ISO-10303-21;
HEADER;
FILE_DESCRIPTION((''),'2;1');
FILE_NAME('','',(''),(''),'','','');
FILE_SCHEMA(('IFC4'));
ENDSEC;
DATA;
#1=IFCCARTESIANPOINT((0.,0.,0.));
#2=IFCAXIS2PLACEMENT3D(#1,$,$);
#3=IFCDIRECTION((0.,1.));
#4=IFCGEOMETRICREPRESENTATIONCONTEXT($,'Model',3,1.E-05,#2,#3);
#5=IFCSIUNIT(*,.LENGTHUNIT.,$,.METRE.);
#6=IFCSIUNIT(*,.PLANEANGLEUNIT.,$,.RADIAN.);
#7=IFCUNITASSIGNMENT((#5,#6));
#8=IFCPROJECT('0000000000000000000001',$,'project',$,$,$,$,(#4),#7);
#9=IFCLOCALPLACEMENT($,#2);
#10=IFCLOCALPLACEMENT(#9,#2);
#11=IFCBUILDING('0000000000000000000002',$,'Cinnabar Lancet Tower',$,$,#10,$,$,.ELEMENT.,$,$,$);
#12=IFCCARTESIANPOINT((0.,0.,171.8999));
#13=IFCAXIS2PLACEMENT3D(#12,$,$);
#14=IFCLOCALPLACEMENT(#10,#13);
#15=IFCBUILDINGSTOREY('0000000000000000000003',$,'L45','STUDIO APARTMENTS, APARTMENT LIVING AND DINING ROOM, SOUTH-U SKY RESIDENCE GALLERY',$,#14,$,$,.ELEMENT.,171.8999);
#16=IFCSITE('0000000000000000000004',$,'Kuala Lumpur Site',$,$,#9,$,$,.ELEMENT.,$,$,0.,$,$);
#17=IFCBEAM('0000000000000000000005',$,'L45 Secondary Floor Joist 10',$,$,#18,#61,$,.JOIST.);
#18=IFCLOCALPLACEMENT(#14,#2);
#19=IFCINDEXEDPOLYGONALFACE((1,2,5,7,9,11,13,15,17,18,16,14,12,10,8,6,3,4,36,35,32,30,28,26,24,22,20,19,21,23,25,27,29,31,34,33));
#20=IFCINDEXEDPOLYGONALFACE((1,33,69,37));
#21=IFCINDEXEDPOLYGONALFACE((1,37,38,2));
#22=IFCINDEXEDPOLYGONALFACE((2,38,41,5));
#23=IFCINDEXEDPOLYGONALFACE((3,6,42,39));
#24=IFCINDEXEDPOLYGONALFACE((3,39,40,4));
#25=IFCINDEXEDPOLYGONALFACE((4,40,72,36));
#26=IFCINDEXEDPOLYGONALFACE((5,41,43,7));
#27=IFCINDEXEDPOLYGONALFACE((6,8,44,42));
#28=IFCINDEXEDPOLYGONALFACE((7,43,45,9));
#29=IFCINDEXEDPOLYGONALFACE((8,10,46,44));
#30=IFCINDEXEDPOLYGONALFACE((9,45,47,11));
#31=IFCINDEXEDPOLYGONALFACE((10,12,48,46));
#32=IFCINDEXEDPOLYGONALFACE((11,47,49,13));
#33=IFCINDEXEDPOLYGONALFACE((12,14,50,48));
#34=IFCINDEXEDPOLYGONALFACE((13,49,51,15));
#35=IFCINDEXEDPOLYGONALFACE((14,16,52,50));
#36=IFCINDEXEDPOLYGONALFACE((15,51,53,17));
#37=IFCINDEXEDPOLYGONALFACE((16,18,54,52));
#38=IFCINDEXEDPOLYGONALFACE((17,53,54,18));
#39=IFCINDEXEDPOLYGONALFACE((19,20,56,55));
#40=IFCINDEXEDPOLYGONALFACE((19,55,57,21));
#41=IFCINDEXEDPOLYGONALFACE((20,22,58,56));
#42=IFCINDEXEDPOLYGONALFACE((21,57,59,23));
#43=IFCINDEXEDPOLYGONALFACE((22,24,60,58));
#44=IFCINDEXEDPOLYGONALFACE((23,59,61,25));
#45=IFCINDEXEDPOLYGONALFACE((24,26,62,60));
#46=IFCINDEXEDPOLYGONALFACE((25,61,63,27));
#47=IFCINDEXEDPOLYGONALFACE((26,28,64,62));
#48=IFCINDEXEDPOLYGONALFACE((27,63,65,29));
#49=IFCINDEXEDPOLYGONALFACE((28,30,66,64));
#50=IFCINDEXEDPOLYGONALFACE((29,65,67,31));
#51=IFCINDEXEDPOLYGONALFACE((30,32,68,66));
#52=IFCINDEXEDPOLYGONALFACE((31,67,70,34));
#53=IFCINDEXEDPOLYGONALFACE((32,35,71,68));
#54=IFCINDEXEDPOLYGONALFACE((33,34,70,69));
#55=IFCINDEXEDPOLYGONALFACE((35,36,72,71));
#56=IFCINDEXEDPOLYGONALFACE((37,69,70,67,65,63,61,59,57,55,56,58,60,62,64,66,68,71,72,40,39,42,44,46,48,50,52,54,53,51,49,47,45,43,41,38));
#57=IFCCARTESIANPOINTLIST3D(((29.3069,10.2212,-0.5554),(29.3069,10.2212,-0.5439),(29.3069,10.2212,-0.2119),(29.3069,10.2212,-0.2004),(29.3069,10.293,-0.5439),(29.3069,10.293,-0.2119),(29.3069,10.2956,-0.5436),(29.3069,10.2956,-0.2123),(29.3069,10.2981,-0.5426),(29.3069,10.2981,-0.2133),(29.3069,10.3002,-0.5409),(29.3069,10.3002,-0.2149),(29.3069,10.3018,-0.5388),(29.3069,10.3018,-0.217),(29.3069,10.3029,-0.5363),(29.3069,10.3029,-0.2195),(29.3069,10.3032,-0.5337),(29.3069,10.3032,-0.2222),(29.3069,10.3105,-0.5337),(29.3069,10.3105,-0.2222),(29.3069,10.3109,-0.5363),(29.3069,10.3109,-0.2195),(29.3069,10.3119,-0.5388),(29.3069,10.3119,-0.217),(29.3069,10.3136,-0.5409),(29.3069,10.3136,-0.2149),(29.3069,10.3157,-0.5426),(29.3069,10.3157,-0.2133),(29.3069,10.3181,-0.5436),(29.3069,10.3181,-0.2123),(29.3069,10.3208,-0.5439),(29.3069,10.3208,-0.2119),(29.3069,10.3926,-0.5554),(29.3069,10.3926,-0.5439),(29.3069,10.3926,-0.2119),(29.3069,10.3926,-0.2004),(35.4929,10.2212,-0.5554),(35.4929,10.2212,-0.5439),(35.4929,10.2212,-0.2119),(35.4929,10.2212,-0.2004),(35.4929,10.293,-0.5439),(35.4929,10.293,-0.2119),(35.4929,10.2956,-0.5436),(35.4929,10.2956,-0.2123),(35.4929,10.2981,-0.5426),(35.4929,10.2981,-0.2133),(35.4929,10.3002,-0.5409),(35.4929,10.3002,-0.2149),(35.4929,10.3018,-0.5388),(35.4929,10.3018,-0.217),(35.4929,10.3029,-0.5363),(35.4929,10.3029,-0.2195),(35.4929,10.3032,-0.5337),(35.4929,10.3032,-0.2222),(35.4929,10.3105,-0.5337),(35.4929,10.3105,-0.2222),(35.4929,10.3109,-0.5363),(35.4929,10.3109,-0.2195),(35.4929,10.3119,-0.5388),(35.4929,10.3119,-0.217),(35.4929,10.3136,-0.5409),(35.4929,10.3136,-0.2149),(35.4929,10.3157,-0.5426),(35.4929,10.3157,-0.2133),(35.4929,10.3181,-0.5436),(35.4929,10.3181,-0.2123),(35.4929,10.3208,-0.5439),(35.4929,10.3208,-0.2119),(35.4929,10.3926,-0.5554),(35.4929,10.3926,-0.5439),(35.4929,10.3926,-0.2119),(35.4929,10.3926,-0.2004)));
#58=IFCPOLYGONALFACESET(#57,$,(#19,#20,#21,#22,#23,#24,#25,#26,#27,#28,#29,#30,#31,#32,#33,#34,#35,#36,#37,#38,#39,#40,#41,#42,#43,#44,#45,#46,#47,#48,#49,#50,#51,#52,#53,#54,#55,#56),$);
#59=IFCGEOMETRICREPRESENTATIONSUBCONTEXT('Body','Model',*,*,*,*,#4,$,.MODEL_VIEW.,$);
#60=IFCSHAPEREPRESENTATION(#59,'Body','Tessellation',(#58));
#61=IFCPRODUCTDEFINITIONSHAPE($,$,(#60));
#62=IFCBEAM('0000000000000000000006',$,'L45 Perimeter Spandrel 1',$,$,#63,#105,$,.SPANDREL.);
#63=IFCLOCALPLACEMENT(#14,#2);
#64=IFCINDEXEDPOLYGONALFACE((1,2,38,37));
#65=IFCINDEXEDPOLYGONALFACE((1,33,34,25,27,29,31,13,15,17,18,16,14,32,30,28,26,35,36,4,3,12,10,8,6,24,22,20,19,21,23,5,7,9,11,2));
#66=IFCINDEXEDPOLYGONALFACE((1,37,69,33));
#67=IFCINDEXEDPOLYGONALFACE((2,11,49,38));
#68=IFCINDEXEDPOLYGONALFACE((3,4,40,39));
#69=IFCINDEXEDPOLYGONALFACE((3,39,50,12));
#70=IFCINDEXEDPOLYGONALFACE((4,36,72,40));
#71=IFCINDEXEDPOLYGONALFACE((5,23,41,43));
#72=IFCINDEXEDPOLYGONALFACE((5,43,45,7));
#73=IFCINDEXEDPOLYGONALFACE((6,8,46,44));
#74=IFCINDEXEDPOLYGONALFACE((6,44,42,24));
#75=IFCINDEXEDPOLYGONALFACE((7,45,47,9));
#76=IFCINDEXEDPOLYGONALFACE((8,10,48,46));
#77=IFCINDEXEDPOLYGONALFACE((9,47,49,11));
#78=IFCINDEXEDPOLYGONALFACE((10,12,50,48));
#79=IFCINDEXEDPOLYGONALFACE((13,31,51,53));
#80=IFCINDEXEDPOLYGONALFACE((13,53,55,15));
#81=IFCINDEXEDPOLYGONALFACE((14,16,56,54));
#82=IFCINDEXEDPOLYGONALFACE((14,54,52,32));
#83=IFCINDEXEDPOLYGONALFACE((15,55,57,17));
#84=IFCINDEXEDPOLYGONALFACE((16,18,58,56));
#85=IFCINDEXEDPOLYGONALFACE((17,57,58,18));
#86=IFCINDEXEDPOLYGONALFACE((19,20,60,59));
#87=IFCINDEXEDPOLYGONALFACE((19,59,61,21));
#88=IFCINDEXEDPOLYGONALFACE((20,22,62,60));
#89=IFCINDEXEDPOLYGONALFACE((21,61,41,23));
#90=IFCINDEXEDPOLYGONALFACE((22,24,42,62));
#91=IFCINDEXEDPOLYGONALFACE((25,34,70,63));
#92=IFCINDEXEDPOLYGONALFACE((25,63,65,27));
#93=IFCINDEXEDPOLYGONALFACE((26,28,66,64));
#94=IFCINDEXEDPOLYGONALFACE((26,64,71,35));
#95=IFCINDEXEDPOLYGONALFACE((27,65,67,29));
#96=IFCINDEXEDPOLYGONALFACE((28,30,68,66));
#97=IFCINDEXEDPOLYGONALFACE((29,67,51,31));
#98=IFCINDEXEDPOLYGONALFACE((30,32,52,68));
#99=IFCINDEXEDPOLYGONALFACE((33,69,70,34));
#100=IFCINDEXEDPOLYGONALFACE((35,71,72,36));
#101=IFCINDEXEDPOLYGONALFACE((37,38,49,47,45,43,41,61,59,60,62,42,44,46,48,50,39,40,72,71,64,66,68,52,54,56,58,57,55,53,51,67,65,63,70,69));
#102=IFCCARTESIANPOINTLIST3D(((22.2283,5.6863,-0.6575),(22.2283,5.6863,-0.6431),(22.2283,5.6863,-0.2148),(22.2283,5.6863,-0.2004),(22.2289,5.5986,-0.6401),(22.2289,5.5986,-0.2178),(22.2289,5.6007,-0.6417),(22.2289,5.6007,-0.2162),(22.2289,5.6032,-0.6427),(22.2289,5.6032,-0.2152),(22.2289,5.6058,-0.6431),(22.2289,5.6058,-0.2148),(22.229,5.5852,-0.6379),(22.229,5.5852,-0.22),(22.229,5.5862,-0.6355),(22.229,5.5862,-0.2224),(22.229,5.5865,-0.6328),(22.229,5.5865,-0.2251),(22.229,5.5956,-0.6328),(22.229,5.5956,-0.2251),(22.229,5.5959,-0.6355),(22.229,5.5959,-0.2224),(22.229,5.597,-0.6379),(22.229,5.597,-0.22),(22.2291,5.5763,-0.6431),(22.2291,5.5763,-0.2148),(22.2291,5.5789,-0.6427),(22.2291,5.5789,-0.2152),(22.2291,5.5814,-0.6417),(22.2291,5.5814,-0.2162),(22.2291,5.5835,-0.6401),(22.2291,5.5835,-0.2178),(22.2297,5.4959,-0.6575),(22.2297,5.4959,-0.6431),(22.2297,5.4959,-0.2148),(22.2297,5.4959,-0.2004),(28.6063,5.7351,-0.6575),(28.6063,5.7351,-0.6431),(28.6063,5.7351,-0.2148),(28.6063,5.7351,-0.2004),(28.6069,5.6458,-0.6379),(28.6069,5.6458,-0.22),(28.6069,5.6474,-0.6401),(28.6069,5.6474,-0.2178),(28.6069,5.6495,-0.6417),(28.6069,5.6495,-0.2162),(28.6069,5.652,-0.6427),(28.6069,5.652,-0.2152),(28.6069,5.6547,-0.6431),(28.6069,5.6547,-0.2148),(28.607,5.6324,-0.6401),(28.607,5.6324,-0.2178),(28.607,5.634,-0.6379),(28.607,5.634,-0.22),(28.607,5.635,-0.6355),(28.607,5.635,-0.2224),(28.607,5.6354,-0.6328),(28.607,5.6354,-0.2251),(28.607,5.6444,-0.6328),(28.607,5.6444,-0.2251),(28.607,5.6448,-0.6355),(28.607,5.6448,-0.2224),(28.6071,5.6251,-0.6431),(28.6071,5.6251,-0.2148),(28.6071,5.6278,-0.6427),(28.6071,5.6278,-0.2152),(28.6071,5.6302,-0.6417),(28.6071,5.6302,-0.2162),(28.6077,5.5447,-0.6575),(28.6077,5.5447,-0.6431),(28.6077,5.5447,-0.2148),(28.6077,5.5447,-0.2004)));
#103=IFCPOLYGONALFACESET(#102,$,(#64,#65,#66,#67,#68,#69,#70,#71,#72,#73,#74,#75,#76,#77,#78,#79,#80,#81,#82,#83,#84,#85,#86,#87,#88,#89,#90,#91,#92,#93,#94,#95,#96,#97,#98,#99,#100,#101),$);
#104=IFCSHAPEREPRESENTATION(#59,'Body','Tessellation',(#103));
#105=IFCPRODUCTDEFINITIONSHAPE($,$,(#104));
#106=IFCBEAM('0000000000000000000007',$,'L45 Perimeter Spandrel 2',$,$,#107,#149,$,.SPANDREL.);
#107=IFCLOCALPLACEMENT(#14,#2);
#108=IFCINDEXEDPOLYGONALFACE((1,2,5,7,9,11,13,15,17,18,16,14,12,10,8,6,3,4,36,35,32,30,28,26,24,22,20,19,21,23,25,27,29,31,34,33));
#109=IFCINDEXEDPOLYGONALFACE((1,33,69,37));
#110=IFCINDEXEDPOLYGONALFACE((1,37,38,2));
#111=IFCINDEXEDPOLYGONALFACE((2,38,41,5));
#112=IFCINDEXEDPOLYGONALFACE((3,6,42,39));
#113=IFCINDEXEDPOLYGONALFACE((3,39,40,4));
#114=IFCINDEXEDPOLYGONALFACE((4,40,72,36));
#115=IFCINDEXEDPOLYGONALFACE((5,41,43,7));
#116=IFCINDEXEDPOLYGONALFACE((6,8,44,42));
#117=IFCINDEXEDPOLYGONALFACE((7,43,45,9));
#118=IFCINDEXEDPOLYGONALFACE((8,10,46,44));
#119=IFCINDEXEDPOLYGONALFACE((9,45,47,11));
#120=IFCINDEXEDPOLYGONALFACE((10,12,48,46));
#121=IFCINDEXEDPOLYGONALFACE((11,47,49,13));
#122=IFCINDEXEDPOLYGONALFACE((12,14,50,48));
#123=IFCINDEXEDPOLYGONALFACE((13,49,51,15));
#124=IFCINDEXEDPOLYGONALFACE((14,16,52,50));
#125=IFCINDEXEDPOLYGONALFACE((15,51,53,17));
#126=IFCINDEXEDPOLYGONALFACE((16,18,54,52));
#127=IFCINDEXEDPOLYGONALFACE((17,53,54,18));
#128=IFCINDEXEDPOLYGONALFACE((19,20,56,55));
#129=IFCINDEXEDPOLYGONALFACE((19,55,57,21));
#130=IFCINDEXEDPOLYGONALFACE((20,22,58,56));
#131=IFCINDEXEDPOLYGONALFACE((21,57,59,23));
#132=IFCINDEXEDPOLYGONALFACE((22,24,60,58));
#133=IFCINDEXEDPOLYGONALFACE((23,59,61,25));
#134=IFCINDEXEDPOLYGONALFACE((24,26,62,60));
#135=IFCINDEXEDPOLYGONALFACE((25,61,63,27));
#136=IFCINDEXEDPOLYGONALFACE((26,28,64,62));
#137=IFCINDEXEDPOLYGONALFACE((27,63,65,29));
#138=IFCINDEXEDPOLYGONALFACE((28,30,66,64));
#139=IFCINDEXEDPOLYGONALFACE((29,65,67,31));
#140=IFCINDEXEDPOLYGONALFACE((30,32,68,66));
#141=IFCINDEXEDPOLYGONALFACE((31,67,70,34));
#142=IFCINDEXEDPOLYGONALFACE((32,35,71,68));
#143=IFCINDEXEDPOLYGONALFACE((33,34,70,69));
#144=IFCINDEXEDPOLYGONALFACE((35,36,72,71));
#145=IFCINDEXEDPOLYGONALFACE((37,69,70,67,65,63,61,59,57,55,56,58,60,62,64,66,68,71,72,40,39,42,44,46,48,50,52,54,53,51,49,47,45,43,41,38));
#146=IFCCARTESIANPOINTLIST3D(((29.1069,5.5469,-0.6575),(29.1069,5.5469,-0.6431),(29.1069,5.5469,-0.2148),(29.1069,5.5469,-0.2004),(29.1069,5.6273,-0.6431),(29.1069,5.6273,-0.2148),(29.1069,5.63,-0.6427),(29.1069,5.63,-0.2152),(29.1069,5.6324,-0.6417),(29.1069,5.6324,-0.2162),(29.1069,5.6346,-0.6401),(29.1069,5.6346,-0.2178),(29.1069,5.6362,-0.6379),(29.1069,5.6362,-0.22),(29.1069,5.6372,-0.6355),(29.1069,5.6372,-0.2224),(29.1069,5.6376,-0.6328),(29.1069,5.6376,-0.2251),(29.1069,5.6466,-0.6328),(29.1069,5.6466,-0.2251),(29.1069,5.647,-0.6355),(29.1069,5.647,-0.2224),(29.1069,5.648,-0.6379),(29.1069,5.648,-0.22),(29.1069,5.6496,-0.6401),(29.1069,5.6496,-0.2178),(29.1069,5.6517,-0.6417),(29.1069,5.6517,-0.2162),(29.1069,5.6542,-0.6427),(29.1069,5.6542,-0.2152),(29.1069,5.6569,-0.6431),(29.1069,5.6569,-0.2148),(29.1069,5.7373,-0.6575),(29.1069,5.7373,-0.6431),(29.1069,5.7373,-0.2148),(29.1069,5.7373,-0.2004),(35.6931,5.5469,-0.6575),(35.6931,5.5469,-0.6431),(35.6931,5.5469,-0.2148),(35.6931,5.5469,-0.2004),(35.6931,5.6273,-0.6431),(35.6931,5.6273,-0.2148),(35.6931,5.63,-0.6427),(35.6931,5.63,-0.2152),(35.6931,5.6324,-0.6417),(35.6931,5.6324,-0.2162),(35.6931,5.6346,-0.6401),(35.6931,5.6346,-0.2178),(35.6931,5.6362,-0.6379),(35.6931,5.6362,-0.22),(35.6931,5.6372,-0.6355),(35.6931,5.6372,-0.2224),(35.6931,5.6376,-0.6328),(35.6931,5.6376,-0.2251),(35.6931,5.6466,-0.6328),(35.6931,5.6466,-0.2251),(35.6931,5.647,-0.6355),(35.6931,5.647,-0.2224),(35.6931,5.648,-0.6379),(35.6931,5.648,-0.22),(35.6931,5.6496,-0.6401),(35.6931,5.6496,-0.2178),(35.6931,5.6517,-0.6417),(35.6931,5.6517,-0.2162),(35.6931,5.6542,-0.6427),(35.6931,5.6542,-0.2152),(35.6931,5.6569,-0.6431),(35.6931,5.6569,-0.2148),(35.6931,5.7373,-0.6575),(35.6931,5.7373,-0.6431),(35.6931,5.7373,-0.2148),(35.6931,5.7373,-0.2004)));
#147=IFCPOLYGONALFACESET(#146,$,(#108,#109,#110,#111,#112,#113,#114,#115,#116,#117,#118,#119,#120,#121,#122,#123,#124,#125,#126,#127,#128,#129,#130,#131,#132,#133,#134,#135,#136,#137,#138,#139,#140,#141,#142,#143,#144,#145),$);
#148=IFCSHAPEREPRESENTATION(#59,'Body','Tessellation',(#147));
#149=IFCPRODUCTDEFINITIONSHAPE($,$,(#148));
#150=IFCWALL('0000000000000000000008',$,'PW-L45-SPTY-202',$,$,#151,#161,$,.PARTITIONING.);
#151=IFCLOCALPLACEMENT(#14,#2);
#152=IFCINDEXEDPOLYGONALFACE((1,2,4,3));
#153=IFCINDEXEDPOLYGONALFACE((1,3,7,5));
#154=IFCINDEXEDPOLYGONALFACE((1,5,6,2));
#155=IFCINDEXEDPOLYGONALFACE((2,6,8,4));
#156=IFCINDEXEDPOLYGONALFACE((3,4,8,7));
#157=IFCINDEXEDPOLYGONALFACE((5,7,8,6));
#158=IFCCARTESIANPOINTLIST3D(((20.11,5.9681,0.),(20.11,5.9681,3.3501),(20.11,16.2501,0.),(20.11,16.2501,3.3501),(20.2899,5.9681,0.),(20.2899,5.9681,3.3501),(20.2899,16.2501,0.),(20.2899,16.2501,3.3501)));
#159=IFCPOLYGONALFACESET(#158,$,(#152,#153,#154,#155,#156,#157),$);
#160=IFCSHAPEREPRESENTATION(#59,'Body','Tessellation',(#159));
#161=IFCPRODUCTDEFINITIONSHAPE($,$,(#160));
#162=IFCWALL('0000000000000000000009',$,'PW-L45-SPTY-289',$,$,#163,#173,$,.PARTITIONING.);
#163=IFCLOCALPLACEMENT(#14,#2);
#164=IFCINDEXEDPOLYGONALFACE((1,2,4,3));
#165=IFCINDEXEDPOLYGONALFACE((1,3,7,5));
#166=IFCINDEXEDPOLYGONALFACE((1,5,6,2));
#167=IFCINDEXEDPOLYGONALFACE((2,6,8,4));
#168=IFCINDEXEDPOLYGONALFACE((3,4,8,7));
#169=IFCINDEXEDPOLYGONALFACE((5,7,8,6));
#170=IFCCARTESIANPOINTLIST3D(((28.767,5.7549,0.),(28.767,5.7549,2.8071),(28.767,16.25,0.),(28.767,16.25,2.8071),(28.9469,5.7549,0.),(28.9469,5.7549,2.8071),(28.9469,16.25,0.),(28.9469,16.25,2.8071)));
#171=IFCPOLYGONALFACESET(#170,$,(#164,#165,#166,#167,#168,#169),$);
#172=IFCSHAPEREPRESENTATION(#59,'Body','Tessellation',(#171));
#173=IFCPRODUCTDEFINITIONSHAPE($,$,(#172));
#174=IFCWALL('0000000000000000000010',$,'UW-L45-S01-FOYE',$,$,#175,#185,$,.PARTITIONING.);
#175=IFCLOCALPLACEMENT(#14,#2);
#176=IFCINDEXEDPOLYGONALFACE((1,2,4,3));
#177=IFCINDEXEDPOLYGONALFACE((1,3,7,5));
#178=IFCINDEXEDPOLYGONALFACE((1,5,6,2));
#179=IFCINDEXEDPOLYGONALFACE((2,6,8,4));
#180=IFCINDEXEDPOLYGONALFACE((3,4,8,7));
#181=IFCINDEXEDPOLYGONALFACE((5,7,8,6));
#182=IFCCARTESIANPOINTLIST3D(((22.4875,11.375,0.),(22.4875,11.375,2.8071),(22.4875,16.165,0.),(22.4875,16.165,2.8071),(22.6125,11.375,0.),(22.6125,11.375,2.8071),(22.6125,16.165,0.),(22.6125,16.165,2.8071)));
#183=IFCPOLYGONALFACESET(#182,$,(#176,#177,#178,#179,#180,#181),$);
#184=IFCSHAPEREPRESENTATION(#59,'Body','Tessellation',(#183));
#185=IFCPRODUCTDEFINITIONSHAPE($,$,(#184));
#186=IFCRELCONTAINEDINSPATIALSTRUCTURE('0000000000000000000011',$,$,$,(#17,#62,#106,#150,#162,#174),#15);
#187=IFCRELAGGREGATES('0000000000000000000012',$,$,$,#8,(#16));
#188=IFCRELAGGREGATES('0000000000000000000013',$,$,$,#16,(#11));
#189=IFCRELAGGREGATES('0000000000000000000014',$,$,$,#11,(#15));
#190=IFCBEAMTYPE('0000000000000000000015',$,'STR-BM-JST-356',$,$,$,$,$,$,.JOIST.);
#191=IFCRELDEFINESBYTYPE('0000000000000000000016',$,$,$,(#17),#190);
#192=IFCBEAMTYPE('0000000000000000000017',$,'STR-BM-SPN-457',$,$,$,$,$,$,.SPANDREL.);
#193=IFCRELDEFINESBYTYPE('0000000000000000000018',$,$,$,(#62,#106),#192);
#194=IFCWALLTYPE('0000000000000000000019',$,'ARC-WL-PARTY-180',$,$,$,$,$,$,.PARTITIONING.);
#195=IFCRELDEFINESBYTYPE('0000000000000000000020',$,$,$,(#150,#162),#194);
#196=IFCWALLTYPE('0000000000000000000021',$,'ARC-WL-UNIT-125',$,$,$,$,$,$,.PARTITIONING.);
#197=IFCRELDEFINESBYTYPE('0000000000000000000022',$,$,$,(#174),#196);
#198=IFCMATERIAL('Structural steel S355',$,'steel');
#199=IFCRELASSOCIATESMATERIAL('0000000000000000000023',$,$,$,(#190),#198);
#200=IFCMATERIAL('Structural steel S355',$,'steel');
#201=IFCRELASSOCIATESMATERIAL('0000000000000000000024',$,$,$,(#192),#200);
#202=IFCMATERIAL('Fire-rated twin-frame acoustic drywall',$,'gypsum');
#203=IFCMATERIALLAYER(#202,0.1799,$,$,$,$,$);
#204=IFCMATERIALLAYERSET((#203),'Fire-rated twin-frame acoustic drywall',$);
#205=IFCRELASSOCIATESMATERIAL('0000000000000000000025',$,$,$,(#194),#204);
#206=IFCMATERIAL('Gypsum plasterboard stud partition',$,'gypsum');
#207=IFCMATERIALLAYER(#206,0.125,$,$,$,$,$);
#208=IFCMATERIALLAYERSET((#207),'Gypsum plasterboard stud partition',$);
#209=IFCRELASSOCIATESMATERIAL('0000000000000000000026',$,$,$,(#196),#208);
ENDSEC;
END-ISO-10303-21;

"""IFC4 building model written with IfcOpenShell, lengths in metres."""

from ifc_helpers import new_model, si_unit, direction, frame, frame_2d, origin, origin_2d, place, context, subcontext, project, spatial, rectangle, i_section, extrude, material, layer, layer_set, material_profile, profile_set, type_object, element, save


model = new_model("IFC4")

# Units and contexts
model_context = context("Model", 3, precision=1e-05, world=origin(), true_north=direction((0.0, 1.0)))
body_context = subcontext(model_context, "Body", "Model", "MODEL_VIEW")
ifc_project = project(units=[si_unit("LENGTHUNIT", "METRE"), si_unit("PLANEANGLEUNIT", "RADIAN")], contexts=[model_context])

# Site, building, storey
site_placement = place(None, origin())
site = spatial("IfcSite", under=ifc_project, at=site_placement, Name="Kuala Lumpur Site", CompositionType="ELEMENT", RefElevation=0.0)
building_placement = place(site_placement, origin())
building = spatial("IfcBuilding", under=site, at=building_placement, Name="Cinnabar Lancet Tower", CompositionType="ELEMENT")
storey_placement = place(building_placement, frame((0.0, 0.0, 171.8999)))
storey = spatial("IfcBuildingStorey", under=building, at=storey_placement, Name="L45", Description="STUDIO APARTMENTS, APARTMENT LIVING AND DINING ROOM, SOUTH-U SKY RESIDENCE GALLERY", CompositionType="ELEMENT", Elevation=171.8999)

# Beams
ifc_material_1 = material(Name="Structural steel S355", Category="steel")
ifc_material_profile_1 = material_profile(ifc_material_1, i_section(OverallWidth=0.1714, OverallDepth=0.355, WebThickness=0.0073, FlangeThickness=0.0115, FilletRadius=0.0103, at=origin_2d()), Name="UKB 356x171x51")
ifc_profile_set_1 = profile_set([ifc_material_profile_1], Name="Structural steel S355")
beam_type_1 = type_object("IfcBeamType", Name="STR-BM-JST-356", PredefinedType="JOIST", material=ifc_profile_set_1)
beam_1_placement = place(storey_placement, frame((29.3069, 10.3069, -0.3779), z_axis=(1.0, 0.0, 0.0), x_axis=(0.0, 1.0, 0.0)))
element("IfcBeam", 1, at=beam_1_placement, inside=storey, type_object=beam_type_1, Name="L45 Secondary Floor Joist 10", PredefinedType="JOIST", context=body_context, shape_type="SweptSolid", body=[
    extrude(i_section(OverallWidth=0.1714, OverallDepth=0.355, WebThickness=0.0073, FlangeThickness=0.0115, FilletRadius=0.0103, at=origin_2d()), origin(), (0.0, 0.0, 1.0), 6.186),
])
ifc_material_2 = material(Name="Structural steel S355", Category="steel")
ifc_material_profile_2 = material_profile(ifc_material_2, i_section(OverallWidth=0.1904, OverallDepth=0.457, WebThickness=0.009, FlangeThickness=0.0144, FilletRadius=0.0103, at=origin_2d()), Name="UKB 457x191x74")
ifc_profile_set_2 = profile_set([ifc_material_profile_2], Name="Structural steel S355")
beam_type_2 = type_object("IfcBeamType", Name="STR-BM-SPN-457", PredefinedType="SPANDREL", material=ifc_profile_set_2)
beam_2_placement = place(storey_placement, frame((22.229, 5.5911, -0.429), z_axis=(0.999971, 0.007656, 0.0), x_axis=(-0.007656, 0.999971, 0.0)))
element("IfcBeam", 2, at=beam_2_placement, inside=storey, type_object=beam_type_2, Name="L45 Perimeter Spandrel 1", PredefinedType="SPANDREL", context=body_context, shape_type="SweptSolid", body=[
    extrude(i_section(OverallWidth=0.1904, OverallDepth=0.457, WebThickness=0.009, FlangeThickness=0.0144, FilletRadius=0.0103, at=origin_2d()), origin(), (0.0, 0.0, 1.0), 6.3782),
])
beam_3_placement = place(storey_placement, frame((29.1069, 5.6421, -0.429), z_axis=(1.0, 0.0, 0.0), x_axis=(0.0, 1.0, 0.0)))
element("IfcBeam", 3, at=beam_3_placement, inside=storey, type_object=beam_type_2, Name="L45 Perimeter Spandrel 2", PredefinedType="SPANDREL", context=body_context, shape_type="SweptSolid", body=[
    extrude(i_section(OverallWidth=0.1904, OverallDepth=0.457, WebThickness=0.009, FlangeThickness=0.0144, FilletRadius=0.0103, at=origin_2d()), origin(), (0.0, 0.0, 1.0), 6.5862),
])

# Walls
ifc_material_3 = material(Name="Fire-rated twin-frame acoustic drywall", Category="gypsum")
ifc_layer_1 = layer(ifc_material_3, 0.1799)
ifc_layer_set_1 = layer_set([ifc_layer_1], Name="Fire-rated twin-frame acoustic drywall")
wall_type_1 = type_object("IfcWallType", Name="ARC-WL-PARTY-180", PredefinedType="PARTITIONING", material=ifc_layer_set_1)
wall_1_placement = place(storey_placement, frame((20.2, 5.968, 0.0), z_axis=(0.0, 0.0, 1.0), x_axis=(0.0, 1.0, 0.0)))
element("IfcWall", 4, at=wall_1_placement, inside=storey, type_object=wall_type_1, Name="PW-L45-SPTY-202", PredefinedType="PARTITIONING", context=body_context, shape_type="SweptSolid", body=[
    extrude(rectangle(XDim=10.282, YDim=0.1799, at=frame_2d((5.1411, 0.0))), origin(), (0.0, 0.0, 1.0), 3.3501),
])
wall_2_placement = place(storey_placement, frame((28.8569, 5.7549, 0.0), z_axis=(0.0, 0.0, 1.0), x_axis=(0.0, 1.0, 0.0)))
element("IfcWall", 5, at=wall_2_placement, inside=storey, type_object=wall_type_1, Name="PW-L45-SPTY-289", PredefinedType="PARTITIONING", context=body_context, shape_type="SweptSolid", body=[
    extrude(rectangle(XDim=10.4951, YDim=0.1799, at=frame_2d((5.2476, 0.0))), origin(), (0.0, 0.0, 1.0), 2.8071),
])
ifc_material_4 = material(Name="Gypsum plasterboard stud partition", Category="gypsum")
ifc_layer_2 = layer(ifc_material_4, 0.125)
ifc_layer_set_2 = layer_set([ifc_layer_2], Name="Gypsum plasterboard stud partition")
wall_type_2 = type_object("IfcWallType", Name="ARC-WL-UNIT-125", PredefinedType="PARTITIONING", material=ifc_layer_set_2)
wall_3_placement = place(storey_placement, frame((22.55, 11.375, 0.0), z_axis=(0.0, 0.0, 1.0), x_axis=(0.0, 1.0, 0.0)))
element("IfcWall", 6, at=wall_3_placement, inside=storey, type_object=wall_type_2, Name="UW-L45-S01-FOYE", PredefinedType="PARTITIONING", context=body_context, shape_type="SweptSolid", body=[
    extrude(rectangle(XDim=4.79, YDim=0.125, at=frame_2d((2.395, 0.0))), origin(), (0.0, 0.0, 1.0), 2.8071),
])

save(model, "model.ifc")
